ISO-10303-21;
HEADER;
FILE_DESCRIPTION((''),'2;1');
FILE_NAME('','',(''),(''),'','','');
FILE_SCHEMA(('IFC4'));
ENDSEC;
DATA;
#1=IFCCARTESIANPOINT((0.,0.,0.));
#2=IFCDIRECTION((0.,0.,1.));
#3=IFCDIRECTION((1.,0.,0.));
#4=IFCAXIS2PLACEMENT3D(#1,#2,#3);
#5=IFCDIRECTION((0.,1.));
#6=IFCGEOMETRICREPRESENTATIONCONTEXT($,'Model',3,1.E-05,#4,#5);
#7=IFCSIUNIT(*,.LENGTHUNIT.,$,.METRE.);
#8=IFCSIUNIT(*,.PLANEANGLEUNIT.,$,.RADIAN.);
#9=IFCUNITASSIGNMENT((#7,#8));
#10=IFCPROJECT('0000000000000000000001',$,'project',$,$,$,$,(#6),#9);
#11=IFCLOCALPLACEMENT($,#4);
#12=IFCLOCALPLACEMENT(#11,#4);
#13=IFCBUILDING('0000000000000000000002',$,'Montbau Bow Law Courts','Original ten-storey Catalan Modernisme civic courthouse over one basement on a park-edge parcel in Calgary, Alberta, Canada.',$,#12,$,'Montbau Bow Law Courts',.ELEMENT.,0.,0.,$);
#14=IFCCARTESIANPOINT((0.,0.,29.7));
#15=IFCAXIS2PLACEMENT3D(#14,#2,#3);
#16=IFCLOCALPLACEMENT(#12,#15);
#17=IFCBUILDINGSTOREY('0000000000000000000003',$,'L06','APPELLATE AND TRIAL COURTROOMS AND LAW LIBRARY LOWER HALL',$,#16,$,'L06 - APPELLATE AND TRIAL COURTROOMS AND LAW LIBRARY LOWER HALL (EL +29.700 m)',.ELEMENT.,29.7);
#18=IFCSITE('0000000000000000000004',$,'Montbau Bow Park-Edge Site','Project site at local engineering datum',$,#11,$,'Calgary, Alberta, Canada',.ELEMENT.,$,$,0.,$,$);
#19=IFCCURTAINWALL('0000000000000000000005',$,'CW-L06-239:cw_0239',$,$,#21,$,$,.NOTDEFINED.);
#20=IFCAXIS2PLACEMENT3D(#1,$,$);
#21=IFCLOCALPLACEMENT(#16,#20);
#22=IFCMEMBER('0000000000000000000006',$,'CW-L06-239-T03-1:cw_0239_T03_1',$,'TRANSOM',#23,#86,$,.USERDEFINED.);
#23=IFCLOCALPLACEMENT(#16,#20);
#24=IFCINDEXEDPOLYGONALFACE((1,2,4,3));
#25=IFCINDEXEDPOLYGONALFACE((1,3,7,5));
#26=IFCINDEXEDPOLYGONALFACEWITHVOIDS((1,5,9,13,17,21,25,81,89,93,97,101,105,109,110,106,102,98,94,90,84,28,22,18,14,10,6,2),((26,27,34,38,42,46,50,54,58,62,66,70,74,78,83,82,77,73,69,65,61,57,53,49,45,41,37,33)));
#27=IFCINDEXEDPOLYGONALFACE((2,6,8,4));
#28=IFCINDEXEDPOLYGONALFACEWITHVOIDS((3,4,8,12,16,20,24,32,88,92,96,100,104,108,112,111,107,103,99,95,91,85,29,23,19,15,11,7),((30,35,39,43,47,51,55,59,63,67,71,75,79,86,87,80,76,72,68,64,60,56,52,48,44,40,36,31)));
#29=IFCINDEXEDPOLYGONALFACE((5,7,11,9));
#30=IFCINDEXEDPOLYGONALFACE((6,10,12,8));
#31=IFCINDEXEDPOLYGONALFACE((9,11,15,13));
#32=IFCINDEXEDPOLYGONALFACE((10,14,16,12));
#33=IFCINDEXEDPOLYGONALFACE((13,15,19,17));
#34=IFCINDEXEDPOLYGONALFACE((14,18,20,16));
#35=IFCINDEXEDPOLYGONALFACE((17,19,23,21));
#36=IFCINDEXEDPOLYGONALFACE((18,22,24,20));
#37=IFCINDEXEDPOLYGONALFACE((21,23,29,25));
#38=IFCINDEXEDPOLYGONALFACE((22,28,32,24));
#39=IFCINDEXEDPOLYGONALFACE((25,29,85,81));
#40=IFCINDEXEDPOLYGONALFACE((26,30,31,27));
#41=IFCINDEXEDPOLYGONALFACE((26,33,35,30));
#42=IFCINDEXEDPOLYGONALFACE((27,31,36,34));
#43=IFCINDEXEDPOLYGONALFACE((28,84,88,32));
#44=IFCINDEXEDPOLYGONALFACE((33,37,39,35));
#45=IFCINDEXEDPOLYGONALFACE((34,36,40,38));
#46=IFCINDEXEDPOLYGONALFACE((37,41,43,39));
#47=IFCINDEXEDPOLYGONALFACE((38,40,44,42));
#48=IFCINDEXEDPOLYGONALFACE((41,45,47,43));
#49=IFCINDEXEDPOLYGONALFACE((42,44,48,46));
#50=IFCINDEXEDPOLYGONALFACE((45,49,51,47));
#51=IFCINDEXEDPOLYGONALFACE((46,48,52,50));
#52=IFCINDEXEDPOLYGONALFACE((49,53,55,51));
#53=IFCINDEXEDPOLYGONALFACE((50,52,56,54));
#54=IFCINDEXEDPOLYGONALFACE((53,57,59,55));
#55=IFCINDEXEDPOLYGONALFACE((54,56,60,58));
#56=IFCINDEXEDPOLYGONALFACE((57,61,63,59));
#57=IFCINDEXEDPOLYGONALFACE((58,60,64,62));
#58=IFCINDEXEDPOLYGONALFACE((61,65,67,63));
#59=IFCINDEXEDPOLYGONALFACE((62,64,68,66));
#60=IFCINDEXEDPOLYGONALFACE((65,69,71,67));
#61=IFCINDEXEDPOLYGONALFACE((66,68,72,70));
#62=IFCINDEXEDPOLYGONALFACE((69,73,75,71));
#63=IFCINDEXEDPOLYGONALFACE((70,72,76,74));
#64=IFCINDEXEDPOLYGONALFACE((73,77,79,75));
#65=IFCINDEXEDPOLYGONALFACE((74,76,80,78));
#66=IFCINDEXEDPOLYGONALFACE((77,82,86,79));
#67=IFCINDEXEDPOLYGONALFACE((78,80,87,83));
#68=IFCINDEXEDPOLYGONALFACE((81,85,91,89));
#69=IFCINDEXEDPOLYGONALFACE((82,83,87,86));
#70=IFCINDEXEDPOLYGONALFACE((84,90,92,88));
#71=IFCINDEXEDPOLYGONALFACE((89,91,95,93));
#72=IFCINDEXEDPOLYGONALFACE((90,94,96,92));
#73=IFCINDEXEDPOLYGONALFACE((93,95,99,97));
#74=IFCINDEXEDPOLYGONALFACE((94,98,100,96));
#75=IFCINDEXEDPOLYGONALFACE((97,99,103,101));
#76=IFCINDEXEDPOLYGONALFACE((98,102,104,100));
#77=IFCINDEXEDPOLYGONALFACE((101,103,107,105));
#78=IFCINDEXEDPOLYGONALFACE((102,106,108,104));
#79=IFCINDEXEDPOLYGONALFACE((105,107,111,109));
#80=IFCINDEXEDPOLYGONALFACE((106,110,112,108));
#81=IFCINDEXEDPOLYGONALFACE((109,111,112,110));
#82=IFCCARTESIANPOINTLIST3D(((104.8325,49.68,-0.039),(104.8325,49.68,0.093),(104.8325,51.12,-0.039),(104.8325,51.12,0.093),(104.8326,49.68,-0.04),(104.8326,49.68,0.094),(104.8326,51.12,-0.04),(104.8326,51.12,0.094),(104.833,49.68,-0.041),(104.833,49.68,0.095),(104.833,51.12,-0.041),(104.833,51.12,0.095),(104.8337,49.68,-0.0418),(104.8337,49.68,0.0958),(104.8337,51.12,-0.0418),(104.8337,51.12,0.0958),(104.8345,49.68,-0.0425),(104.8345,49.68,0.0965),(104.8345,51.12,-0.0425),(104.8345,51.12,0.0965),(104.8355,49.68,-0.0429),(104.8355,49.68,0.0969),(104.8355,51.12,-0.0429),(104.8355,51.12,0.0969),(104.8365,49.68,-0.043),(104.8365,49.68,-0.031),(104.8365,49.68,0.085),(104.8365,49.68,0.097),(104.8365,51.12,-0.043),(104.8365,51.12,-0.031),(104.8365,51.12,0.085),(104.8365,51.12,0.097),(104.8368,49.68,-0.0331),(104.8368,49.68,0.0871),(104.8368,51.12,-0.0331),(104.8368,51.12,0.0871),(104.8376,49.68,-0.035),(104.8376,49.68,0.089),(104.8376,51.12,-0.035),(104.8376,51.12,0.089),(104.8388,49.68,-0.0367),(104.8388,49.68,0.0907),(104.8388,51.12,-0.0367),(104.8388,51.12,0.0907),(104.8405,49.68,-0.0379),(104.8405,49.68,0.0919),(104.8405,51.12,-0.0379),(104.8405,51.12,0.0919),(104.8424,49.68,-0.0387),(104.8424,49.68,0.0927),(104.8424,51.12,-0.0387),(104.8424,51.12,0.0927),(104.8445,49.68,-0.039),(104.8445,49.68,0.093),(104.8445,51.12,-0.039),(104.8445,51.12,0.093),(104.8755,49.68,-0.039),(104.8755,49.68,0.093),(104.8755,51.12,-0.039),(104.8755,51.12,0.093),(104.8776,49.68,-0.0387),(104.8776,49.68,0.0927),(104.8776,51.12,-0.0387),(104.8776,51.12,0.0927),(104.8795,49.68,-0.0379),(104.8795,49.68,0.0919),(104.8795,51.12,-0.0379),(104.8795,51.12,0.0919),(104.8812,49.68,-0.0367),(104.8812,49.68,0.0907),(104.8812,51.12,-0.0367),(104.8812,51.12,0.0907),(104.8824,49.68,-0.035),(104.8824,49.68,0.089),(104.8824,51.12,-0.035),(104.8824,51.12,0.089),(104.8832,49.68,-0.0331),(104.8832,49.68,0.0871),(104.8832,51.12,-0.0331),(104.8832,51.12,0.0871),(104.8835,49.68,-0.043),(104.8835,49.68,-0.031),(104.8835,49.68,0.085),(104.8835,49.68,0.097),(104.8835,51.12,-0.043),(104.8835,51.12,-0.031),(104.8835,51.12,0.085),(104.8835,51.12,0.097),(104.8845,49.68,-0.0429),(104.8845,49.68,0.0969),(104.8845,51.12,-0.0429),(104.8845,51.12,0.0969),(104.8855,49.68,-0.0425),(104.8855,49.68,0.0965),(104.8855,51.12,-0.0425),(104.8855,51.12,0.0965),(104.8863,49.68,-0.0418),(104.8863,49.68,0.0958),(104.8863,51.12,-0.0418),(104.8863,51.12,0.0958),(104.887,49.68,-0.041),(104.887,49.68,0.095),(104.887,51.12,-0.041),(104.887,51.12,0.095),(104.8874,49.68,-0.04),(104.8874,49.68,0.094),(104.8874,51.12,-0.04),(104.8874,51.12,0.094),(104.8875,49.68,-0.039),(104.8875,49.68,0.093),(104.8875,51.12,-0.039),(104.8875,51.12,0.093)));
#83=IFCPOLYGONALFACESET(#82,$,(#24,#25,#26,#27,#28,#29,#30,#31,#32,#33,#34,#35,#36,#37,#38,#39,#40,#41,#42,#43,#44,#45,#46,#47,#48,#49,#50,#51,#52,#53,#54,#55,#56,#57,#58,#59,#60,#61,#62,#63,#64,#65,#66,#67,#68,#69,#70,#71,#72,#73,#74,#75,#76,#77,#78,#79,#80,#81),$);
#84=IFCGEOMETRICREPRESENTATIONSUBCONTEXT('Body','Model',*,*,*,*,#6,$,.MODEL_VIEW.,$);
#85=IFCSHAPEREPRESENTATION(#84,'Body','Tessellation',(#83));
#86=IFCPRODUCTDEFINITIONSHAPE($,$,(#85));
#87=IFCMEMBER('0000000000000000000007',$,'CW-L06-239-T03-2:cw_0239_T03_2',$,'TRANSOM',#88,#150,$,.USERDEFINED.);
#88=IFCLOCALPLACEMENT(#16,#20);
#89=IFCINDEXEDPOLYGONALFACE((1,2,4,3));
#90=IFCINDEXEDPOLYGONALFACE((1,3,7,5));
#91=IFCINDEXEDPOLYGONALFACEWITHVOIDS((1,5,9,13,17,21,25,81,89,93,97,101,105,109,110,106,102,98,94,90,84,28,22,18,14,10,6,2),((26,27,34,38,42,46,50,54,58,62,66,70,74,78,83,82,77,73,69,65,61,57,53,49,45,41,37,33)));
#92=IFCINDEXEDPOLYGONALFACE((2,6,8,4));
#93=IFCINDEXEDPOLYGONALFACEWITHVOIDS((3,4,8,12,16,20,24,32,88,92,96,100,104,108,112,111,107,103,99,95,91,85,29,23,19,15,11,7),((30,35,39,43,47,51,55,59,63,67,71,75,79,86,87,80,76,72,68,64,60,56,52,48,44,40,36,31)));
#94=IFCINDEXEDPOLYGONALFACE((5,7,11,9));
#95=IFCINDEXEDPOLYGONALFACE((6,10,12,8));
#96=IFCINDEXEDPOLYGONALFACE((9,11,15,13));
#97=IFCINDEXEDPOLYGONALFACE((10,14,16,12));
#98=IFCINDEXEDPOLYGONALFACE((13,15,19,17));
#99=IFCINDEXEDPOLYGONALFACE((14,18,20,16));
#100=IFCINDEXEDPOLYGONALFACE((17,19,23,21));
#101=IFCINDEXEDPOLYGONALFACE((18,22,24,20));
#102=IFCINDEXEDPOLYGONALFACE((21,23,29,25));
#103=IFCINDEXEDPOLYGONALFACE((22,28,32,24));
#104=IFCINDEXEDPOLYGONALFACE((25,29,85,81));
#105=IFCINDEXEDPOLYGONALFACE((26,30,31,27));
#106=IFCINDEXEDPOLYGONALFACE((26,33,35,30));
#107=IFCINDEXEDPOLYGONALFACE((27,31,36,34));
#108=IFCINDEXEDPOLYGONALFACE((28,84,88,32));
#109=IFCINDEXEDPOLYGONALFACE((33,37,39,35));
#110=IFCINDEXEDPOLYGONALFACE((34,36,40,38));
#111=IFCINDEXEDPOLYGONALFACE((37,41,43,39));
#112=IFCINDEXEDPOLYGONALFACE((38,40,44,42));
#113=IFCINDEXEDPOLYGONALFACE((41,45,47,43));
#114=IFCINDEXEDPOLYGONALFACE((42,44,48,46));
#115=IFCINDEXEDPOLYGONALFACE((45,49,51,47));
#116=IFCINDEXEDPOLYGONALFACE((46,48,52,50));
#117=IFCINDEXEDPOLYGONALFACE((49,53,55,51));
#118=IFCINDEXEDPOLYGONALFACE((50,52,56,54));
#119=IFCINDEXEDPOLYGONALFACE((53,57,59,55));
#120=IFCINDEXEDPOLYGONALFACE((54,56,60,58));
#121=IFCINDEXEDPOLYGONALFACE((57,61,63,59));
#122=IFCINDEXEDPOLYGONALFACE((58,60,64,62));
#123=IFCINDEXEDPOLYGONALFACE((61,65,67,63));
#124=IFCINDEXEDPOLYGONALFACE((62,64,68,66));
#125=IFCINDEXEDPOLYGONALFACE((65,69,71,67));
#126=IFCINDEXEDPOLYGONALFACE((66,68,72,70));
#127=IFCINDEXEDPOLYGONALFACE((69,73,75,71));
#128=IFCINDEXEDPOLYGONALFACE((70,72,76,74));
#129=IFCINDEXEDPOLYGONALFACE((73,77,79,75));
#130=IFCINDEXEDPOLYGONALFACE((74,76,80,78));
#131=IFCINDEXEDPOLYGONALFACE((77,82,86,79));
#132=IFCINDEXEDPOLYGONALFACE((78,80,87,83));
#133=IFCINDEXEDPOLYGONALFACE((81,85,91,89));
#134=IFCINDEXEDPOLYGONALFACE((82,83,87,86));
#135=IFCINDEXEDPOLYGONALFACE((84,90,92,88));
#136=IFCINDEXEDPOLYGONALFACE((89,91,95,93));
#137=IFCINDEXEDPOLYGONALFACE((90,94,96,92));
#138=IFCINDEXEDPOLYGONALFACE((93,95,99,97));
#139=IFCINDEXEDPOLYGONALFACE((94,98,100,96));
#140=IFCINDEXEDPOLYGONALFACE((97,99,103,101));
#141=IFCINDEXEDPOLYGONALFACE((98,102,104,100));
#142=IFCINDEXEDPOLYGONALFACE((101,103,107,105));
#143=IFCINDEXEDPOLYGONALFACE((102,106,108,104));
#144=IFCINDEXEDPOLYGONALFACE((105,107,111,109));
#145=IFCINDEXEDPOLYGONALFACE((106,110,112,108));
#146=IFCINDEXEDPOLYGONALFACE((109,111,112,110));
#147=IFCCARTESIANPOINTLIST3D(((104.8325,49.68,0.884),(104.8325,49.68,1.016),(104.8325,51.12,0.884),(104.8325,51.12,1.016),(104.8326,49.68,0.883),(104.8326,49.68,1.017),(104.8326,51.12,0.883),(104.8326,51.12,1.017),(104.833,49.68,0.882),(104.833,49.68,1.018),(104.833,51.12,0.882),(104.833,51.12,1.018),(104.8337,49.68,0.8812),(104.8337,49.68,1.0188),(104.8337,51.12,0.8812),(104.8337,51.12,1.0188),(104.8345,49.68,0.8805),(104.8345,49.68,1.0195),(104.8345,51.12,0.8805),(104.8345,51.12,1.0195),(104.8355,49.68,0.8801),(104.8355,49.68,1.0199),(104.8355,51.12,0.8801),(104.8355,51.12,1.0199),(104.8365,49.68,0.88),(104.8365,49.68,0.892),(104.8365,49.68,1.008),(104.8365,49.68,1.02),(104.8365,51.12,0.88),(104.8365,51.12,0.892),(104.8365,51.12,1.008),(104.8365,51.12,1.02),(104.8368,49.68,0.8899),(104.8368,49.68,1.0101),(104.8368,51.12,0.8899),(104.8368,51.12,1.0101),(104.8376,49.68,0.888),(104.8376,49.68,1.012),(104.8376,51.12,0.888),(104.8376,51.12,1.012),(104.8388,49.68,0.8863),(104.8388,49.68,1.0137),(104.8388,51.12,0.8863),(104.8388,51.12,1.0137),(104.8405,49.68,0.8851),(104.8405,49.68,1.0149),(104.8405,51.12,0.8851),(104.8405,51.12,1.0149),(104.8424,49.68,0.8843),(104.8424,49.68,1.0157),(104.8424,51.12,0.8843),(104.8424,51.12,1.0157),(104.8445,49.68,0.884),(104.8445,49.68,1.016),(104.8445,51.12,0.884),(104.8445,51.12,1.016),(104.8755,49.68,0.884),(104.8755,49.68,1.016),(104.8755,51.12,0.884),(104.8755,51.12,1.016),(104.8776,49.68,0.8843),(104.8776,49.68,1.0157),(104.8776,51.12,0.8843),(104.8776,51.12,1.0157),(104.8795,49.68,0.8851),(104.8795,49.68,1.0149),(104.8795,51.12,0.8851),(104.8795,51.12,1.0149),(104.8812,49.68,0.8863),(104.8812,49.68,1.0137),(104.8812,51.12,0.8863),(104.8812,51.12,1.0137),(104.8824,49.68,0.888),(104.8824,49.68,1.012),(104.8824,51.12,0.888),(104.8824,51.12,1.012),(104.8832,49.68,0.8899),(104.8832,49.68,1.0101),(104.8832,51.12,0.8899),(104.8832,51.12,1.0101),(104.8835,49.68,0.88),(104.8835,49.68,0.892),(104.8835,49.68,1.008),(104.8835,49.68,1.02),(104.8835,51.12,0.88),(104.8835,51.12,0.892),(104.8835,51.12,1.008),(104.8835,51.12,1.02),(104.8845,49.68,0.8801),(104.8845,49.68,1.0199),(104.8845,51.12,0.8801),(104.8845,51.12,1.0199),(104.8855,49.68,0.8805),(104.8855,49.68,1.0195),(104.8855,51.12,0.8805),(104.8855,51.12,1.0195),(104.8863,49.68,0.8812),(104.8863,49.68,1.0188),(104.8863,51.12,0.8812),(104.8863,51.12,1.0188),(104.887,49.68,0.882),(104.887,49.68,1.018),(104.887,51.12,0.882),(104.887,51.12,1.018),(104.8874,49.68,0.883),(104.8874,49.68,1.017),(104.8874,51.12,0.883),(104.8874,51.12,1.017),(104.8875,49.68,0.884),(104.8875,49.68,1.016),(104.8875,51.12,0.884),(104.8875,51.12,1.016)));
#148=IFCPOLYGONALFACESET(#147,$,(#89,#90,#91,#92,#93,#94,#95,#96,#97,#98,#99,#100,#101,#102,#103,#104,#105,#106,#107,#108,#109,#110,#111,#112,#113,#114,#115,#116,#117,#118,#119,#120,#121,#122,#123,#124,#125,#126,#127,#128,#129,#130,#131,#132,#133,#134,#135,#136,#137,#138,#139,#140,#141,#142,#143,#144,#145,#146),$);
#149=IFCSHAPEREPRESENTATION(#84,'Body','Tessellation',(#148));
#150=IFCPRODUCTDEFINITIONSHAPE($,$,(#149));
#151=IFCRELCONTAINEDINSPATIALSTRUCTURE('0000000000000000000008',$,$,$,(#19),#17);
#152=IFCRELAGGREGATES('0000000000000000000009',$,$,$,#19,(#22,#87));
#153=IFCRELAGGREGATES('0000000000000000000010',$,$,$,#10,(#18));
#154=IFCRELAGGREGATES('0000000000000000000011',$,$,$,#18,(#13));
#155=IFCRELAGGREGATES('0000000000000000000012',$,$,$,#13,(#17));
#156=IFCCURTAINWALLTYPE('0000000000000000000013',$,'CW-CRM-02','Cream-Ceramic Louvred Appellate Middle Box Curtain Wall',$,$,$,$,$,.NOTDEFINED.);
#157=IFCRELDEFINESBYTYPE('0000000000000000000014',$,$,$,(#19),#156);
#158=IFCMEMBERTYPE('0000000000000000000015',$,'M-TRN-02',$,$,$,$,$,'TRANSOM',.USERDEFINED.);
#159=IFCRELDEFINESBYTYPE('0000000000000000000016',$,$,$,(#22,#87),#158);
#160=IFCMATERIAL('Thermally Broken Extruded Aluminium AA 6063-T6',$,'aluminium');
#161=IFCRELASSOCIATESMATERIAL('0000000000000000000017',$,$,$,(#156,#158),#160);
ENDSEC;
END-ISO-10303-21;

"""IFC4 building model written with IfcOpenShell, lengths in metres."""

from ifc_helpers import new_model, si_unit, direction, frame, origin_with_axes, origin_2d_with_axis, place, context, subcontext, project, spatial, hollow_rectangle, extrude, material, material_profile, profile_set, type_object, element, aggregate, save


model = new_model("IFC4")

# Units and contexts
model_context = context("Model", 3, precision=1e-05, world=origin_with_axes(), true_north=direction((0.0, 1.0)))
body_context = subcontext(model_context, "Body", "Model", "MODEL_VIEW")
ifc_project = project(units=[si_unit("LENGTHUNIT", "METRE"), si_unit("PLANEANGLEUNIT", "RADIAN")], contexts=[model_context])

# Site, building, storey
site_placement = place(None, origin_with_axes())
site = spatial("IfcSite", under=ifc_project, at=site_placement, Name="Montbau Bow Park-Edge Site", Description="Project site at local engineering datum", LongName="Calgary, Alberta, Canada", CompositionType="ELEMENT", RefElevation=0.0)
building_placement = place(site_placement, origin_with_axes())
building = spatial("IfcBuilding", under=site, at=building_placement, Name="Montbau Bow Law Courts", Description="Original ten-storey Catalan Modernisme civic courthouse over one basement on a park-edge parcel in Calgary, Alberta, Canada.", LongName="Montbau Bow Law Courts", CompositionType="ELEMENT", ElevationOfRefHeight=0.0, ElevationOfTerrain=0.0)
storey_placement = place(building_placement, frame((0.0, 0.0, 29.7), z_axis=(0.0, 0.0, 1.0), x_axis=(1.0, 0.0, 0.0)))
storey = spatial("IfcBuildingStorey", under=building, at=storey_placement, Name="L06", Description="APPELLATE AND TRIAL COURTROOMS AND LAW LIBRARY LOWER HALL", LongName="L06 - APPELLATE AND TRIAL COURTROOMS AND LAW LIBRARY LOWER HALL (EL +29.700 m)", CompositionType="ELEMENT", Elevation=29.7)

# Curtain wall, members
ifc_material_1 = material(Name="Thermally Broken Extruded Aluminium AA 6063-T6", Category="aluminium")
curtain_wall_type = type_object("IfcCurtainWallType", Name="CW-CRM-02", Description="Cream-Ceramic Louvred Appellate Middle Box Curtain Wall", PredefinedType="NOTDEFINED", material=ifc_material_1)
curtain_wall_placement = place(None, frame((104.86, 46.64, 29.7), z_axis=(0.0, 0.0, 1.0), x_axis=(1.0, 0.0, 0.0)))
curtain_wall = element("IfcCurtainWall", 1, at=curtain_wall_placement, inside=storey, type_object=curtain_wall_type, Name="CW-L06-239:cw_0239", PredefinedType="NOTDEFINED")
ifc_material_profile_1 = material_profile(ifc_material_1, hollow_rectangle(XDim=0.055, YDim=0.14, WallThickness=0.004, InnerFilletRadius=0.008, OuterFilletRadius=0.004, at=origin_2d_with_axis()), Name="CWT-140X55", Category="Main", Priority=0)
ifc_profile_set_1 = profile_set([ifc_material_profile_1], Name="Thermally Broken Extruded Aluminium AA 6063-T6")
member_type_1 = type_object("IfcMemberType", Name="M-TRN-02", ElementType="TRANSOM", PredefinedType="USERDEFINED", material=ifc_profile_set_1)
member_1_placement = place(None, frame((104.86, 49.68, 29.727), z_axis=(0.0, 1.0, 0.0), x_axis=(-1.0, 0.0, 0.0)))
member_1 = element("IfcMember", 2, at=member_1_placement, type_object=member_type_1, Name="CW-L06-239-T03-1:cw_0239_T03_1", ObjectType="TRANSOM", PredefinedType="USERDEFINED", context=body_context, shape_type="SweptSolid", body=[
    extrude(hollow_rectangle(XDim=0.055, YDim=0.14, WallThickness=0.004, InnerFilletRadius=0.008, OuterFilletRadius=0.004, at=origin_2d_with_axis()), origin_with_axes(), (0.0, 0.0, 1.0), 1.44),
])
member_2_placement = place(None, frame((104.86, 49.68, 30.65), z_axis=(0.0, 1.0, 0.0), x_axis=(-1.0, 0.0, 0.0)))
member_2 = element("IfcMember", 3, at=member_2_placement, type_object=member_type_1, Name="CW-L06-239-T03-2:cw_0239_T03_2", ObjectType="TRANSOM", PredefinedType="USERDEFINED", context=body_context, shape_type="SweptSolid", body=[
    extrude(hollow_rectangle(XDim=0.055, YDim=0.14, WallThickness=0.004, InnerFilletRadius=0.008, OuterFilletRadius=0.004, at=origin_2d_with_axis()), origin_with_axes(), (0.0, 0.0, 1.0), 1.44),
])
aggregate(curtain_wall, [member_1, member_2])

save(model, "model.ifc")
